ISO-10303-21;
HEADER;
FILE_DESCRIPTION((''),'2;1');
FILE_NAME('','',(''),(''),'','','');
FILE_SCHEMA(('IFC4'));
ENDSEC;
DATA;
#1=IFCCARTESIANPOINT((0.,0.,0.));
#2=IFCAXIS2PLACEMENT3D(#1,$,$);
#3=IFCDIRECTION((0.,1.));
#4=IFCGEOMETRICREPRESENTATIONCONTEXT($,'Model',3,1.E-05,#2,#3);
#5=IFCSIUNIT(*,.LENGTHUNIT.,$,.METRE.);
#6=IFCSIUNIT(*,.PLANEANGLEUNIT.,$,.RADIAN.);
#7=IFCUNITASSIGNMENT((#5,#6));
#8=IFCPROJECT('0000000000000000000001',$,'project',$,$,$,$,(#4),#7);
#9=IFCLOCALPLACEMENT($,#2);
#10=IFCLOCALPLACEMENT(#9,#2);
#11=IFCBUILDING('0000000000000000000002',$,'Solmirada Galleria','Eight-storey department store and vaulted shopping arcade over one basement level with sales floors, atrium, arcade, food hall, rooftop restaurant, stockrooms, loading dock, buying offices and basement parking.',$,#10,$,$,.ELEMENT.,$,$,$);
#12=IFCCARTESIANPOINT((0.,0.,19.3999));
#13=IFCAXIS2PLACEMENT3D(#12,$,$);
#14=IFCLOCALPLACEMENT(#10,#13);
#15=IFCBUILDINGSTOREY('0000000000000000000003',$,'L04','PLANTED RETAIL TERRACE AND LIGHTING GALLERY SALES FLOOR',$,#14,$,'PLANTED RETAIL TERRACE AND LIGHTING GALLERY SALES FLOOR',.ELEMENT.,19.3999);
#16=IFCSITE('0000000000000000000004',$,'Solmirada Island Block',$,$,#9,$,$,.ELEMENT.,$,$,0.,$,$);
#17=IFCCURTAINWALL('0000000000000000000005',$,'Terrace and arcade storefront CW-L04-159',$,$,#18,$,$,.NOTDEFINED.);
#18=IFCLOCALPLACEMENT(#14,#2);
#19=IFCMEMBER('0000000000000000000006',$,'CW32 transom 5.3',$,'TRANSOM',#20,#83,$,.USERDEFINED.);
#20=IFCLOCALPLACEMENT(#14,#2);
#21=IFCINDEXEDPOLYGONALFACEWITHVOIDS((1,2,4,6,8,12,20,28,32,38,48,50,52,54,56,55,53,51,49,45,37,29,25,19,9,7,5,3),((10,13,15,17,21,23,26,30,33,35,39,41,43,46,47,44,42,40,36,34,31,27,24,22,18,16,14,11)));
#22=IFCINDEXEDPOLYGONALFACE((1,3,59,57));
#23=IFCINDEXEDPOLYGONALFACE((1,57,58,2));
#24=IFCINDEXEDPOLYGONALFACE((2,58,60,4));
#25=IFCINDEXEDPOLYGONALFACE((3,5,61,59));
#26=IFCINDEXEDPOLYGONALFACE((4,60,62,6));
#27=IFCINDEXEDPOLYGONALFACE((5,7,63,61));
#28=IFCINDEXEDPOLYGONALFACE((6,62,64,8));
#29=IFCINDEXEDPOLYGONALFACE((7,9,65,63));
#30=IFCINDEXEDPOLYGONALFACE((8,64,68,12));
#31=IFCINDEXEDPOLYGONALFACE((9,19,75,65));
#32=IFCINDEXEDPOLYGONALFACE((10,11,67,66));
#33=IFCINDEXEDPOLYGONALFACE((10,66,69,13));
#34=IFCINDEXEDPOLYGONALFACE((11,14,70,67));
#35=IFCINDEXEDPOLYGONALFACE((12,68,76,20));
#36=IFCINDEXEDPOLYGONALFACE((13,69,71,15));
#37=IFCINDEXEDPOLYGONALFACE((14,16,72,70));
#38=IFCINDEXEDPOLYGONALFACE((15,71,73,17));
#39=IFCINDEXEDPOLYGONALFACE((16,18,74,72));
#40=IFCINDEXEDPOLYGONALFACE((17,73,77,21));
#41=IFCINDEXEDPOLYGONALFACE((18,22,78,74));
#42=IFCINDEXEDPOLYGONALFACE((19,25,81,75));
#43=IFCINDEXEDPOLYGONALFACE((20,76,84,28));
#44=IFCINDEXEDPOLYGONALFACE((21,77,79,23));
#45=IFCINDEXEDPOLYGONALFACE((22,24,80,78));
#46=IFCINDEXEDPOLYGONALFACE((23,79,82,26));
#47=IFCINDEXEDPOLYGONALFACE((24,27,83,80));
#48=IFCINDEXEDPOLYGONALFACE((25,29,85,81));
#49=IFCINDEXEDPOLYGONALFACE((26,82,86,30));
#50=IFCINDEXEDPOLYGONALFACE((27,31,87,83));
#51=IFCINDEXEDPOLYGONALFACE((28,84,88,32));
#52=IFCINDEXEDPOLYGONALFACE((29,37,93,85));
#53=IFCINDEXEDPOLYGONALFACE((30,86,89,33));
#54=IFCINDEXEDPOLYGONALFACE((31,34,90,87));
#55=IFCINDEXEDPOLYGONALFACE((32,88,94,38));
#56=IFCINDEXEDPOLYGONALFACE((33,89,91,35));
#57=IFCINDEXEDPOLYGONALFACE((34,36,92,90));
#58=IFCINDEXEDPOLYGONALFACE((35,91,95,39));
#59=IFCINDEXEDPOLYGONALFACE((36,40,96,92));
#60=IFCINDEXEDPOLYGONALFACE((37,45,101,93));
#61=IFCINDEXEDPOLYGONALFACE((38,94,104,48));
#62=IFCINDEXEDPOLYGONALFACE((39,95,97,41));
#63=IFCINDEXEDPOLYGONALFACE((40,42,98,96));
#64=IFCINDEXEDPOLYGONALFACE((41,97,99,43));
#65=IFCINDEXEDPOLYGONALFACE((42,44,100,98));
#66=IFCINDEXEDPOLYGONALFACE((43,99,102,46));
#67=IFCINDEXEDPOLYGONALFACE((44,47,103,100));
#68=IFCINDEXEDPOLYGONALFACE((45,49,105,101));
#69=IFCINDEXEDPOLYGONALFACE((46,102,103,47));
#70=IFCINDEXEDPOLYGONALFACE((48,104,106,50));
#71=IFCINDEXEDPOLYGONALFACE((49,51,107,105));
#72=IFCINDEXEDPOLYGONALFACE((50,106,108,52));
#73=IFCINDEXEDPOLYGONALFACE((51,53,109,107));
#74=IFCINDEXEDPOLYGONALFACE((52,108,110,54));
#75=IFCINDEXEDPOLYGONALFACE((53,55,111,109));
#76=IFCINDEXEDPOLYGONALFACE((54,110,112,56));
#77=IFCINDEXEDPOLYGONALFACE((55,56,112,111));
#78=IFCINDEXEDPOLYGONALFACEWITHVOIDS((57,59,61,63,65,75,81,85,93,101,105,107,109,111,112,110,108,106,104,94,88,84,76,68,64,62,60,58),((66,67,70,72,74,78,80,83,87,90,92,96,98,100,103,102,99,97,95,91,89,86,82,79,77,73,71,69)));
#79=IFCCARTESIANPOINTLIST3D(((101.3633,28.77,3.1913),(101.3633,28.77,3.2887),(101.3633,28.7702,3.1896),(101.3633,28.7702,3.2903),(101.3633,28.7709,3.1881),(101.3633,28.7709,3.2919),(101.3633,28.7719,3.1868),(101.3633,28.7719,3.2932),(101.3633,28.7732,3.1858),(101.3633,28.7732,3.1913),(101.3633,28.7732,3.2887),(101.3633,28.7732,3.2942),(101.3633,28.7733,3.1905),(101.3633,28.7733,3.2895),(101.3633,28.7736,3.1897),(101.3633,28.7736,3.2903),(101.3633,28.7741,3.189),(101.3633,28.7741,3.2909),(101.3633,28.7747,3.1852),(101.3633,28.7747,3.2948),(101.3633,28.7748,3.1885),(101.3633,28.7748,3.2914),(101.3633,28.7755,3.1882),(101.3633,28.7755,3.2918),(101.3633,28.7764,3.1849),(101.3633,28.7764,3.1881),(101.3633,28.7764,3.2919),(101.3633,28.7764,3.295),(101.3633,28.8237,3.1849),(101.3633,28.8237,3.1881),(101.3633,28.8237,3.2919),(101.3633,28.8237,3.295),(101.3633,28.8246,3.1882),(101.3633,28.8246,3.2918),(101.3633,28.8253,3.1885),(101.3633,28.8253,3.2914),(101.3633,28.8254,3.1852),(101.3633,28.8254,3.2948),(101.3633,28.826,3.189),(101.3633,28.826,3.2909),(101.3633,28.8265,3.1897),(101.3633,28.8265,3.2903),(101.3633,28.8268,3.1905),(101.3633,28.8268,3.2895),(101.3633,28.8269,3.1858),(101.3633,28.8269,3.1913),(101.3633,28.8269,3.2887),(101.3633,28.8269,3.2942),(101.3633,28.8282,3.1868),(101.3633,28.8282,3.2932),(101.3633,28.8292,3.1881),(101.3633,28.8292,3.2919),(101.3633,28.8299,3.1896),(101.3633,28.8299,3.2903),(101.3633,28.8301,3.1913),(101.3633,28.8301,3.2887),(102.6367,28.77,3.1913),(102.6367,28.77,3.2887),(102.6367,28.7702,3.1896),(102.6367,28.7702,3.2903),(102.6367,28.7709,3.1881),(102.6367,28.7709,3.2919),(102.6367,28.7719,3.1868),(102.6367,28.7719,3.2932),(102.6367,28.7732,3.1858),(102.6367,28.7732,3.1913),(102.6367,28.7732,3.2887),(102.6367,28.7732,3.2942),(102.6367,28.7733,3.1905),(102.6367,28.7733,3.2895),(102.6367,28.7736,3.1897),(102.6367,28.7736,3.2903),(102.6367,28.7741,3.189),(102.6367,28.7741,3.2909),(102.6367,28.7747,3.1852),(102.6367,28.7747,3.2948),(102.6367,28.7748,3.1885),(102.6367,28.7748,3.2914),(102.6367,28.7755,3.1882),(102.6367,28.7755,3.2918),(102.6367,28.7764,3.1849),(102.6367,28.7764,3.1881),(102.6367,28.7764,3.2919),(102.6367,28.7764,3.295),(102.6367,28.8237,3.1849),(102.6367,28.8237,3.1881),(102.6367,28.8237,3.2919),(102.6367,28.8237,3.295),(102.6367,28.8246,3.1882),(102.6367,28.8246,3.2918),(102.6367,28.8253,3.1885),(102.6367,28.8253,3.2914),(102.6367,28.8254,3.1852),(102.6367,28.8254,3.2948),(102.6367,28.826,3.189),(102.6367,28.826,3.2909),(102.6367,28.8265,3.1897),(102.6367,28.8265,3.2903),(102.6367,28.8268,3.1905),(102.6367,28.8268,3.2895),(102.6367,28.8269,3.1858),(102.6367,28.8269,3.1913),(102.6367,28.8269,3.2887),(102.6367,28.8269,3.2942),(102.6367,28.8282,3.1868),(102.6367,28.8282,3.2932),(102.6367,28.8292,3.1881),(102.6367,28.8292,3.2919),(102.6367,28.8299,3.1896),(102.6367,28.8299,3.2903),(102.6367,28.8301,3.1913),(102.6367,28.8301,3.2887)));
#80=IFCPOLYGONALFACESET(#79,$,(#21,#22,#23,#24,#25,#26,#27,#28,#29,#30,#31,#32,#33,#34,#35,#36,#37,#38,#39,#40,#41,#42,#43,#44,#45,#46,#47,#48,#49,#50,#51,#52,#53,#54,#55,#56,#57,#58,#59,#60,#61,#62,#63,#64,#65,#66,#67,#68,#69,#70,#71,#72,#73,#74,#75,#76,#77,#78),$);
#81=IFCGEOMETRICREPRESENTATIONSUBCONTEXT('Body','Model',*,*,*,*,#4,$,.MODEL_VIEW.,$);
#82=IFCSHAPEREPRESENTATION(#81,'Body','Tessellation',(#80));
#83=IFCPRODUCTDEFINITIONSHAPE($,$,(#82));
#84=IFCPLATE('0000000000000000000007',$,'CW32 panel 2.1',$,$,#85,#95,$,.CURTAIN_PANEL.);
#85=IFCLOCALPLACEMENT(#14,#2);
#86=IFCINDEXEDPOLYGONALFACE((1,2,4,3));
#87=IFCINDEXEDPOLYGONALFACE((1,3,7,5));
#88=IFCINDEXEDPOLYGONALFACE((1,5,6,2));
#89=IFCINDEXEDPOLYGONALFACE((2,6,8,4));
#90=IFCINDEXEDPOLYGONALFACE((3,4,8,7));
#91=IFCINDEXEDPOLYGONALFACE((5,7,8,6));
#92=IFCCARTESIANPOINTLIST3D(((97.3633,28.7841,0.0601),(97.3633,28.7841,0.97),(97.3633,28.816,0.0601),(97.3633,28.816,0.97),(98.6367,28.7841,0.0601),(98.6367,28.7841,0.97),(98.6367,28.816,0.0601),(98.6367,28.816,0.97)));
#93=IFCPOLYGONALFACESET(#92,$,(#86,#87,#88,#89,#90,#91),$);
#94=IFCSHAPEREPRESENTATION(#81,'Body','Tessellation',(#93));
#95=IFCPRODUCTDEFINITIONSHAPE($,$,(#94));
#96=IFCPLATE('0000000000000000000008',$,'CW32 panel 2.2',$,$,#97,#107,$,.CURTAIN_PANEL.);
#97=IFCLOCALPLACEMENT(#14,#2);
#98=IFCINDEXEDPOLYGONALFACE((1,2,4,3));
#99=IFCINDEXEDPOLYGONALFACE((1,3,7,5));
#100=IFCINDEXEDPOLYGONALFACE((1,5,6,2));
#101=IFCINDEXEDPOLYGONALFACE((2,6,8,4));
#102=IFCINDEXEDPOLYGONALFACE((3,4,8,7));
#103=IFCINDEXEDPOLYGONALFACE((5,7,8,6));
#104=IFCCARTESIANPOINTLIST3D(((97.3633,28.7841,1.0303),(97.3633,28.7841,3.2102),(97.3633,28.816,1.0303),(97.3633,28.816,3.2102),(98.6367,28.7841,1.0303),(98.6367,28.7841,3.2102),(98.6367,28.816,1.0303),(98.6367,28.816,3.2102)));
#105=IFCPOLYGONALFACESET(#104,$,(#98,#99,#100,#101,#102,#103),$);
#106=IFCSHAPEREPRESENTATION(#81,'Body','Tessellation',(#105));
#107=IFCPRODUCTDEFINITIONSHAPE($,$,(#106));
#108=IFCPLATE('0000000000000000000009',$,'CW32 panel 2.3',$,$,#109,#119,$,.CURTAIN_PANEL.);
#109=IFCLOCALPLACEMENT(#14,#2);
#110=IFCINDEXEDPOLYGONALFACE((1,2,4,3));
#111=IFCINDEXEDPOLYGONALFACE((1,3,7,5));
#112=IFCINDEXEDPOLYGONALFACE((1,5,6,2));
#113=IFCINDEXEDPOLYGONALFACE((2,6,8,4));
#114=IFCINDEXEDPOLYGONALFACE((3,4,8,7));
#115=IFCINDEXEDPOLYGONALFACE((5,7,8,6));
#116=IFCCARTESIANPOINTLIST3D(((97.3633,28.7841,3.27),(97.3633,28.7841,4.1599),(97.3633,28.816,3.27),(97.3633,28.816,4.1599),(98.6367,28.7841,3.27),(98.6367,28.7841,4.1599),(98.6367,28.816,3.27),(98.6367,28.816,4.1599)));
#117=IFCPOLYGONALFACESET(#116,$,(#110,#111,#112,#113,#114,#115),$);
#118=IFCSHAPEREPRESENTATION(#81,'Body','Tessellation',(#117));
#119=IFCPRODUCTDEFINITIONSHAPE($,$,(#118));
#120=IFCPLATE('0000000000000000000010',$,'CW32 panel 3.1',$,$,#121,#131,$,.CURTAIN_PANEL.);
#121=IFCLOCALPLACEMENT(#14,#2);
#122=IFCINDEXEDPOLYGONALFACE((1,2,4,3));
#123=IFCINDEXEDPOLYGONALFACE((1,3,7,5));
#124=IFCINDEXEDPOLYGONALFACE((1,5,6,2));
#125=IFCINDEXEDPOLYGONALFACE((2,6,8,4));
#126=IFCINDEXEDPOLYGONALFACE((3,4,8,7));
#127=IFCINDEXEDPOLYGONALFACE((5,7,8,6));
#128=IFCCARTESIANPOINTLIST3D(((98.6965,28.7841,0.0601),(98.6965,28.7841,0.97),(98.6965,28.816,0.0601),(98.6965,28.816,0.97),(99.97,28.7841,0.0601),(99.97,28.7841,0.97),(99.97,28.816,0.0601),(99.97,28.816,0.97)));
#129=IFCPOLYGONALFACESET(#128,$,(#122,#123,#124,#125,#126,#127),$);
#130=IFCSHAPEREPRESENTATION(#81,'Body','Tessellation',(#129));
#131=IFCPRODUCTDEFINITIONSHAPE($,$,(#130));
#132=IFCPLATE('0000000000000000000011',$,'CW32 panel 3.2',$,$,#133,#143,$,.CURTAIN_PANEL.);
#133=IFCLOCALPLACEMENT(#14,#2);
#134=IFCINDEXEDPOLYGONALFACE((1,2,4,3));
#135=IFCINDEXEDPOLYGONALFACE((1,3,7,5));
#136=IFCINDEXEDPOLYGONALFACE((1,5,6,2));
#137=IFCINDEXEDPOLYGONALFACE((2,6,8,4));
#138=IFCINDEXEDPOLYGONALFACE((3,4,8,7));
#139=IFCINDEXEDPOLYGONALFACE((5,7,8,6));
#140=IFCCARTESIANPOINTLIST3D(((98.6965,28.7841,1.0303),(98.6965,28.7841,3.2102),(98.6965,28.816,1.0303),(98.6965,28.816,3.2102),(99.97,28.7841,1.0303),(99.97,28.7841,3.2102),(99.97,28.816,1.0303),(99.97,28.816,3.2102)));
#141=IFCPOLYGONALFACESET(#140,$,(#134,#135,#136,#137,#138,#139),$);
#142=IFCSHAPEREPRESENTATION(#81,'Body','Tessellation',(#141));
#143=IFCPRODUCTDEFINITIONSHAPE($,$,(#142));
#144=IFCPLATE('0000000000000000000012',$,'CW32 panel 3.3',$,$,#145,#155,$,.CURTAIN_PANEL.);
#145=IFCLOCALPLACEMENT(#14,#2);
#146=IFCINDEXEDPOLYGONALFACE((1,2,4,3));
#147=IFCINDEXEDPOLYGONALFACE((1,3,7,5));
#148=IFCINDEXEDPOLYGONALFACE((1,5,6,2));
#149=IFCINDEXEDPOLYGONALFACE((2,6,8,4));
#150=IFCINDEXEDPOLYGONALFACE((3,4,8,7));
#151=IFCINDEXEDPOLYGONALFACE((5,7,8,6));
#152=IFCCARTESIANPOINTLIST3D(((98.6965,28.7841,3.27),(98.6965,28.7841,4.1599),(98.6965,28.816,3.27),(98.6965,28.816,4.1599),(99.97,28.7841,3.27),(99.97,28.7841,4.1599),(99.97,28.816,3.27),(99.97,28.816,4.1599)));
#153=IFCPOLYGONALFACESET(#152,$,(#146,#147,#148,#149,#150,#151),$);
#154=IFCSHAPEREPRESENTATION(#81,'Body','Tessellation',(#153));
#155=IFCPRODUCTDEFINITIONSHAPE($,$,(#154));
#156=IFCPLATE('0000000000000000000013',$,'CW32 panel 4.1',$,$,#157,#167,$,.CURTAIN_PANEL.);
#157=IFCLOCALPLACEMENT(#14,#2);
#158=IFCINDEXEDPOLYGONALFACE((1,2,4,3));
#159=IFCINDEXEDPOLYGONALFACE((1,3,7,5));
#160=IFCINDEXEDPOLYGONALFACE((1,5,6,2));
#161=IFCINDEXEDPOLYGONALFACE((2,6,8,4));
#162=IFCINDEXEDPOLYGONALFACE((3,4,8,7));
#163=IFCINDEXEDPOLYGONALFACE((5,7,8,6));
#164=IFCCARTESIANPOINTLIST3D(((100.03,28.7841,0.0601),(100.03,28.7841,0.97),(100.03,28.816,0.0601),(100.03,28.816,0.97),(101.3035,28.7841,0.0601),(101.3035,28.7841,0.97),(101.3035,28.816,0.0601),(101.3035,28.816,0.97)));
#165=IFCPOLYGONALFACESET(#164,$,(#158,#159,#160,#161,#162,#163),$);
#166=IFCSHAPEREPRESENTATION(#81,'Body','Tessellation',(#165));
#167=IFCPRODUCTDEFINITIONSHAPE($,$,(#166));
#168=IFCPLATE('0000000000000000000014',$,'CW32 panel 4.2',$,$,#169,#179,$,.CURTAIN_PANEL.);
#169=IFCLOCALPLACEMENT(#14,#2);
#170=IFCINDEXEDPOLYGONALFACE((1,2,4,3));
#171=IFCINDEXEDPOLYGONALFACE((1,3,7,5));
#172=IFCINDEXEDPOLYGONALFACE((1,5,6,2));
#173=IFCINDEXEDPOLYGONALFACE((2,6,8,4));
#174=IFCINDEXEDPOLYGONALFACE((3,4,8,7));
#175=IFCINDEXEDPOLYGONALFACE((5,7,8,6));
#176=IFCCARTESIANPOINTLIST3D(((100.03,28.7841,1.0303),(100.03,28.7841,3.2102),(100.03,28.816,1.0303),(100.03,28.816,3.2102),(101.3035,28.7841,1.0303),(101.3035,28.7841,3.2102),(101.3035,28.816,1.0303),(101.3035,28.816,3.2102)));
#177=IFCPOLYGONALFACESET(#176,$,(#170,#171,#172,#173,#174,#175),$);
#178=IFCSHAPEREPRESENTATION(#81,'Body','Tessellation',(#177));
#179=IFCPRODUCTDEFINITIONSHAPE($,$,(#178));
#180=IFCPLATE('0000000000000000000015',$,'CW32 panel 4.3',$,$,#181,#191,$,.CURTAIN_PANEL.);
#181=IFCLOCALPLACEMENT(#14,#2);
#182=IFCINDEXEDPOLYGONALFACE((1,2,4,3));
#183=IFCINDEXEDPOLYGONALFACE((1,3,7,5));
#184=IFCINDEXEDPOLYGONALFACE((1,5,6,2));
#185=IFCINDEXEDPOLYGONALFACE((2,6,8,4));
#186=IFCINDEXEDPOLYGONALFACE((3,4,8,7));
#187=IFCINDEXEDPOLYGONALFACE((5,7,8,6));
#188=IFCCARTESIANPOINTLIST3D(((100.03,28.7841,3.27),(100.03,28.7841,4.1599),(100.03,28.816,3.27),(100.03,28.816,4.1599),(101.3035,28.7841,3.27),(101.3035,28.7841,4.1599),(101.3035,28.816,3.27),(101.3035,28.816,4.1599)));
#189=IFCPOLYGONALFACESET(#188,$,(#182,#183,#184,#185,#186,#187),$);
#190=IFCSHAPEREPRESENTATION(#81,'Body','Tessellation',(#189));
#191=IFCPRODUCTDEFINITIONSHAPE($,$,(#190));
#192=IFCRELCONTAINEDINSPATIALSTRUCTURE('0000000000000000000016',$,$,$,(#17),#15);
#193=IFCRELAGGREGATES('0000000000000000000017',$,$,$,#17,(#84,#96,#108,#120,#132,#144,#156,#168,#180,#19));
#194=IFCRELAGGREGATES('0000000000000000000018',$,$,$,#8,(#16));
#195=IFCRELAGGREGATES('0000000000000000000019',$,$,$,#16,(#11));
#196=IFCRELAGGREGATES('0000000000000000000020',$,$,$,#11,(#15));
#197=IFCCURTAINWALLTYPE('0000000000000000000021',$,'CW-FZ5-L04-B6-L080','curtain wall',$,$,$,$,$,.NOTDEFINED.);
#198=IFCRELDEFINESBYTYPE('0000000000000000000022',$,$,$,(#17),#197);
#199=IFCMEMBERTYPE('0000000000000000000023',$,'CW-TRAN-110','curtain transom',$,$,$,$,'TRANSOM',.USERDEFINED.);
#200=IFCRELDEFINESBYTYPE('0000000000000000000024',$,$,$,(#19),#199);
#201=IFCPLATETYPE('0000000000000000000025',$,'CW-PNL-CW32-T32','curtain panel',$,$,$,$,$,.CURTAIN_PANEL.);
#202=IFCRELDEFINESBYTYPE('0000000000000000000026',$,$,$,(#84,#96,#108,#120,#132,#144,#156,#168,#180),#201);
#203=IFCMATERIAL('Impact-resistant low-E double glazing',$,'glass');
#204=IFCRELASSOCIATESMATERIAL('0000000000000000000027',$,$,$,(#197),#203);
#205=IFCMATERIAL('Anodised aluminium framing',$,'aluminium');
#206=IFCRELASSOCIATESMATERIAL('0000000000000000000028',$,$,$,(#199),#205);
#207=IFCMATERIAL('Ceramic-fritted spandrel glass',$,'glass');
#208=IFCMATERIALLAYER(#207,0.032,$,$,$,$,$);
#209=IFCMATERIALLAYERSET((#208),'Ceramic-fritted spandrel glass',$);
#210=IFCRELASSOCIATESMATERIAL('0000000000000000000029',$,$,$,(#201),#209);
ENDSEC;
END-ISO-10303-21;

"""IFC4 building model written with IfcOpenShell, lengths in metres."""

from ifc_helpers import new_model, si_unit, direction, frame, origin, origin_2d, place, context, subcontext, project, spatial, rectangle, hollow_rectangle, extrude, material, layer, layer_set, material_profile, profile_set, type_object, element, aggregate, save


model = new_model("IFC4")

# Units and contexts
model_context = context("Model", 3, precision=1e-05, world=origin(), true_north=direction((0.0, 1.0)))
body_context = subcontext(model_context, "Body", "Model", "MODEL_VIEW")
ifc_project = project(units=[si_unit("LENGTHUNIT", "METRE"), si_unit("PLANEANGLEUNIT", "RADIAN")], contexts=[model_context])

# Site, building, storey
site_placement = place(None, origin())
site = spatial("IfcSite", under=ifc_project, at=site_placement, Name="Solmirada Island Block", CompositionType="ELEMENT", RefElevation=0.0)
building_placement = place(site_placement, origin())
building = spatial("IfcBuilding", under=site, at=building_placement, Name="Solmirada Galleria", Description="Eight-storey department store and vaulted shopping arcade over one basement level with sales floors, atrium, arcade, food hall, rooftop restaurant, stockrooms, loading dock, buying offices and basement parking.", CompositionType="ELEMENT")
storey_placement = place(building_placement, frame((0.0, 0.0, 19.3999)))
storey = spatial("IfcBuildingStorey", under=building, at=storey_placement, Name="L04", Description="PLANTED RETAIL TERRACE AND LIGHTING GALLERY SALES FLOOR", LongName="PLANTED RETAIL TERRACE AND LIGHTING GALLERY SALES FLOOR", CompositionType="ELEMENT", Elevation=19.3999)

# Curtain wall, member, plates
ifc_material_1 = material(Name="Impact-resistant low-E double glazing", Category="glass")
curtain_wall_type = type_object("IfcCurtainWallType", Name="CW-FZ5-L04-B6-L080", Description="curtain wall", PredefinedType="NOTDEFINED", material=ifc_material_1)
curtain_wall_placement = place(storey_placement, origin())
curtain_wall = element("IfcCurtainWall", 1, at=curtain_wall_placement, inside=storey, type_object=curtain_wall_type, Name="Terrace and arcade storefront CW-L04-159", PredefinedType="NOTDEFINED")
ifc_material_2 = material(Name="Anodised aluminium framing", Category="aluminium")
ifc_material_profile_1 = material_profile(ifc_material_2, hollow_rectangle(XDim=0.0601, YDim=0.1101, WallThickness=0.0032, InnerFilletRadius=0.0032, OuterFilletRadius=0.0063, at=origin_2d()), Name="ALU-TRAN-110X60")
ifc_profile_set_1 = profile_set([ifc_material_profile_1], Name="Anodised aluminium framing")
member_type_1 = type_object("IfcMemberType", Name="CW-TRAN-110", Description="curtain transom", ElementType="TRANSOM", PredefinedType="USERDEFINED", material=ifc_profile_set_1)
member_1_placement = place(storey_placement, frame((101.3633, 28.8, 3.24), z_axis=(1.0, 0.0, 0.0), x_axis=(0.0, 1.0, 0.0)))
member_1 = element("IfcMember", 2, at=member_1_placement, type_object=member_type_1, Name="CW32 transom 5.3", ObjectType="TRANSOM", PredefinedType="USERDEFINED", context=body_context, shape_type="SweptSolid", body=[
    extrude(hollow_rectangle(XDim=0.0601, YDim=0.1101, WallThickness=0.0032, InnerFilletRadius=0.0032, OuterFilletRadius=0.0063, at=origin_2d()), origin(), (0.0, 0.0, 1.0), 1.2734),
])
ifc_material_3 = material(Name="Ceramic-fritted spandrel glass", Category="glass")
ifc_layer = layer(ifc_material_3, 0.032)
ifc_layer_set = layer_set([ifc_layer], Name="Ceramic-fritted spandrel glass")
plate_type = type_object("IfcPlateType", Name="CW-PNL-CW32-T32", Description="curtain panel", PredefinedType="CURTAIN_PANEL", material=ifc_layer_set)
plate_1_placement = place(storey_placement, frame((98.0, 28.8, 0.0601), z_axis=(0.0, 0.0, 1.0), x_axis=(1.0, 0.0, 0.0)))
plate_1 = element("IfcPlate", 3, at=plate_1_placement, type_object=plate_type, Name="CW32 panel 2.1", PredefinedType="CURTAIN_PANEL", context=body_context, shape_type="SweptSolid", body=[
    extrude(rectangle(XDim=1.2734, YDim=0.032, at=origin_2d()), origin(), (0.0, 0.0, 1.0), 0.9099),
])
plate_2_placement = place(storey_placement, frame((98.0, 28.8, 1.0303), z_axis=(0.0, 0.0, 1.0), x_axis=(1.0, 0.0, 0.0)))
plate_2 = element("IfcPlate", 4, at=plate_2_placement, type_object=plate_type, Name="CW32 panel 2.2", PredefinedType="CURTAIN_PANEL", context=body_context, shape_type="SweptSolid", body=[
    extrude(rectangle(XDim=1.2734, YDim=0.032, at=origin_2d()), origin(), (0.0, 0.0, 1.0), 2.1799),
])
plate_3_placement = place(storey_placement, frame((98.0, 28.8, 3.27), z_axis=(0.0, 0.0, 1.0), x_axis=(1.0, 0.0, 0.0)))
plate_3 = element("IfcPlate", 5, at=plate_3_placement, type_object=plate_type, Name="CW32 panel 2.3", PredefinedType="CURTAIN_PANEL", context=body_context, shape_type="SweptSolid", body=[
    extrude(rectangle(XDim=1.2734, YDim=0.032, at=origin_2d()), origin(), (0.0, 0.0, 1.0), 0.8899),
])
plate_4_placement = place(storey_placement, frame((99.3333, 28.8, 0.0601), z_axis=(0.0, 0.0, 1.0), x_axis=(1.0, 0.0, 0.0)))
plate_4 = element("IfcPlate", 6, at=plate_4_placement, type_object=plate_type, Name="CW32 panel 3.1", PredefinedType="CURTAIN_PANEL", context=body_context, shape_type="SweptSolid", body=[
    extrude(rectangle(XDim=1.2734, YDim=0.032, at=origin_2d()), origin(), (0.0, 0.0, 1.0), 0.9099),
])
plate_5_placement = place(storey_placement, frame((99.3333, 28.8, 1.0303), z_axis=(0.0, 0.0, 1.0), x_axis=(1.0, 0.0, 0.0)))
plate_5 = element("IfcPlate", 7, at=plate_5_placement, type_object=plate_type, Name="CW32 panel 3.2", PredefinedType="CURTAIN_PANEL", context=body_context, shape_type="SweptSolid", body=[
    extrude(rectangle(XDim=1.2734, YDim=0.032, at=origin_2d()), origin(), (0.0, 0.0, 1.0), 2.1799),
])
plate_6_placement = place(storey_placement, frame((99.3333, 28.8, 3.27), z_axis=(0.0, 0.0, 1.0), x_axis=(1.0, 0.0, 0.0)))
plate_6 = element("IfcPlate", 8, at=plate_6_placement, type_object=plate_type, Name="CW32 panel 3.3", PredefinedType="CURTAIN_PANEL", context=body_context, shape_type="SweptSolid", body=[
    extrude(rectangle(XDim=1.2734, YDim=0.032, at=origin_2d()), origin(), (0.0, 0.0, 1.0), 0.8899),
])
plate_7_placement = place(storey_placement, frame((100.6667, 28.8, 0.0601), z_axis=(0.0, 0.0, 1.0), x_axis=(1.0, 0.0, 0.0)))
plate_7 = element("IfcPlate", 9, at=plate_7_placement, type_object=plate_type, Name="CW32 panel 4.1", PredefinedType="CURTAIN_PANEL", context=body_context, shape_type="SweptSolid", body=[
    extrude(rectangle(XDim=1.2734, YDim=0.032, at=origin_2d()), origin(), (0.0, 0.0, 1.0), 0.9099),
])
plate_8_placement = place(storey_placement, frame((100.6667, 28.8, 1.0303), z_axis=(0.0, 0.0, 1.0), x_axis=(1.0, 0.0, 0.0)))
plate_8 = element("IfcPlate", 10, at=plate_8_placement, type_object=plate_type, Name="CW32 panel 4.2", PredefinedType="CURTAIN_PANEL", context=body_context, shape_type="SweptSolid", body=[
    extrude(rectangle(XDim=1.2734, YDim=0.032, at=origin_2d()), origin(), (0.0, 0.0, 1.0), 2.1799),
])
plate_9_placement = place(storey_placement, frame((100.6667, 28.8, 3.27), z_axis=(0.0, 0.0, 1.0), x_axis=(1.0, 0.0, 0.0)))
plate_9 = element("IfcPlate", 11, at=plate_9_placement, type_object=plate_type, Name="CW32 panel 4.3", PredefinedType="CURTAIN_PANEL", context=body_context, shape_type="SweptSolid", body=[
    extrude(rectangle(XDim=1.2734, YDim=0.032, at=origin_2d()), origin(), (0.0, 0.0, 1.0), 0.8899),
])
aggregate(curtain_wall, [plate_1, plate_2, plate_3, plate_4, plate_5, plate_6, plate_7, plate_8, plate_9, member_1])

save(model, "model.ifc")
